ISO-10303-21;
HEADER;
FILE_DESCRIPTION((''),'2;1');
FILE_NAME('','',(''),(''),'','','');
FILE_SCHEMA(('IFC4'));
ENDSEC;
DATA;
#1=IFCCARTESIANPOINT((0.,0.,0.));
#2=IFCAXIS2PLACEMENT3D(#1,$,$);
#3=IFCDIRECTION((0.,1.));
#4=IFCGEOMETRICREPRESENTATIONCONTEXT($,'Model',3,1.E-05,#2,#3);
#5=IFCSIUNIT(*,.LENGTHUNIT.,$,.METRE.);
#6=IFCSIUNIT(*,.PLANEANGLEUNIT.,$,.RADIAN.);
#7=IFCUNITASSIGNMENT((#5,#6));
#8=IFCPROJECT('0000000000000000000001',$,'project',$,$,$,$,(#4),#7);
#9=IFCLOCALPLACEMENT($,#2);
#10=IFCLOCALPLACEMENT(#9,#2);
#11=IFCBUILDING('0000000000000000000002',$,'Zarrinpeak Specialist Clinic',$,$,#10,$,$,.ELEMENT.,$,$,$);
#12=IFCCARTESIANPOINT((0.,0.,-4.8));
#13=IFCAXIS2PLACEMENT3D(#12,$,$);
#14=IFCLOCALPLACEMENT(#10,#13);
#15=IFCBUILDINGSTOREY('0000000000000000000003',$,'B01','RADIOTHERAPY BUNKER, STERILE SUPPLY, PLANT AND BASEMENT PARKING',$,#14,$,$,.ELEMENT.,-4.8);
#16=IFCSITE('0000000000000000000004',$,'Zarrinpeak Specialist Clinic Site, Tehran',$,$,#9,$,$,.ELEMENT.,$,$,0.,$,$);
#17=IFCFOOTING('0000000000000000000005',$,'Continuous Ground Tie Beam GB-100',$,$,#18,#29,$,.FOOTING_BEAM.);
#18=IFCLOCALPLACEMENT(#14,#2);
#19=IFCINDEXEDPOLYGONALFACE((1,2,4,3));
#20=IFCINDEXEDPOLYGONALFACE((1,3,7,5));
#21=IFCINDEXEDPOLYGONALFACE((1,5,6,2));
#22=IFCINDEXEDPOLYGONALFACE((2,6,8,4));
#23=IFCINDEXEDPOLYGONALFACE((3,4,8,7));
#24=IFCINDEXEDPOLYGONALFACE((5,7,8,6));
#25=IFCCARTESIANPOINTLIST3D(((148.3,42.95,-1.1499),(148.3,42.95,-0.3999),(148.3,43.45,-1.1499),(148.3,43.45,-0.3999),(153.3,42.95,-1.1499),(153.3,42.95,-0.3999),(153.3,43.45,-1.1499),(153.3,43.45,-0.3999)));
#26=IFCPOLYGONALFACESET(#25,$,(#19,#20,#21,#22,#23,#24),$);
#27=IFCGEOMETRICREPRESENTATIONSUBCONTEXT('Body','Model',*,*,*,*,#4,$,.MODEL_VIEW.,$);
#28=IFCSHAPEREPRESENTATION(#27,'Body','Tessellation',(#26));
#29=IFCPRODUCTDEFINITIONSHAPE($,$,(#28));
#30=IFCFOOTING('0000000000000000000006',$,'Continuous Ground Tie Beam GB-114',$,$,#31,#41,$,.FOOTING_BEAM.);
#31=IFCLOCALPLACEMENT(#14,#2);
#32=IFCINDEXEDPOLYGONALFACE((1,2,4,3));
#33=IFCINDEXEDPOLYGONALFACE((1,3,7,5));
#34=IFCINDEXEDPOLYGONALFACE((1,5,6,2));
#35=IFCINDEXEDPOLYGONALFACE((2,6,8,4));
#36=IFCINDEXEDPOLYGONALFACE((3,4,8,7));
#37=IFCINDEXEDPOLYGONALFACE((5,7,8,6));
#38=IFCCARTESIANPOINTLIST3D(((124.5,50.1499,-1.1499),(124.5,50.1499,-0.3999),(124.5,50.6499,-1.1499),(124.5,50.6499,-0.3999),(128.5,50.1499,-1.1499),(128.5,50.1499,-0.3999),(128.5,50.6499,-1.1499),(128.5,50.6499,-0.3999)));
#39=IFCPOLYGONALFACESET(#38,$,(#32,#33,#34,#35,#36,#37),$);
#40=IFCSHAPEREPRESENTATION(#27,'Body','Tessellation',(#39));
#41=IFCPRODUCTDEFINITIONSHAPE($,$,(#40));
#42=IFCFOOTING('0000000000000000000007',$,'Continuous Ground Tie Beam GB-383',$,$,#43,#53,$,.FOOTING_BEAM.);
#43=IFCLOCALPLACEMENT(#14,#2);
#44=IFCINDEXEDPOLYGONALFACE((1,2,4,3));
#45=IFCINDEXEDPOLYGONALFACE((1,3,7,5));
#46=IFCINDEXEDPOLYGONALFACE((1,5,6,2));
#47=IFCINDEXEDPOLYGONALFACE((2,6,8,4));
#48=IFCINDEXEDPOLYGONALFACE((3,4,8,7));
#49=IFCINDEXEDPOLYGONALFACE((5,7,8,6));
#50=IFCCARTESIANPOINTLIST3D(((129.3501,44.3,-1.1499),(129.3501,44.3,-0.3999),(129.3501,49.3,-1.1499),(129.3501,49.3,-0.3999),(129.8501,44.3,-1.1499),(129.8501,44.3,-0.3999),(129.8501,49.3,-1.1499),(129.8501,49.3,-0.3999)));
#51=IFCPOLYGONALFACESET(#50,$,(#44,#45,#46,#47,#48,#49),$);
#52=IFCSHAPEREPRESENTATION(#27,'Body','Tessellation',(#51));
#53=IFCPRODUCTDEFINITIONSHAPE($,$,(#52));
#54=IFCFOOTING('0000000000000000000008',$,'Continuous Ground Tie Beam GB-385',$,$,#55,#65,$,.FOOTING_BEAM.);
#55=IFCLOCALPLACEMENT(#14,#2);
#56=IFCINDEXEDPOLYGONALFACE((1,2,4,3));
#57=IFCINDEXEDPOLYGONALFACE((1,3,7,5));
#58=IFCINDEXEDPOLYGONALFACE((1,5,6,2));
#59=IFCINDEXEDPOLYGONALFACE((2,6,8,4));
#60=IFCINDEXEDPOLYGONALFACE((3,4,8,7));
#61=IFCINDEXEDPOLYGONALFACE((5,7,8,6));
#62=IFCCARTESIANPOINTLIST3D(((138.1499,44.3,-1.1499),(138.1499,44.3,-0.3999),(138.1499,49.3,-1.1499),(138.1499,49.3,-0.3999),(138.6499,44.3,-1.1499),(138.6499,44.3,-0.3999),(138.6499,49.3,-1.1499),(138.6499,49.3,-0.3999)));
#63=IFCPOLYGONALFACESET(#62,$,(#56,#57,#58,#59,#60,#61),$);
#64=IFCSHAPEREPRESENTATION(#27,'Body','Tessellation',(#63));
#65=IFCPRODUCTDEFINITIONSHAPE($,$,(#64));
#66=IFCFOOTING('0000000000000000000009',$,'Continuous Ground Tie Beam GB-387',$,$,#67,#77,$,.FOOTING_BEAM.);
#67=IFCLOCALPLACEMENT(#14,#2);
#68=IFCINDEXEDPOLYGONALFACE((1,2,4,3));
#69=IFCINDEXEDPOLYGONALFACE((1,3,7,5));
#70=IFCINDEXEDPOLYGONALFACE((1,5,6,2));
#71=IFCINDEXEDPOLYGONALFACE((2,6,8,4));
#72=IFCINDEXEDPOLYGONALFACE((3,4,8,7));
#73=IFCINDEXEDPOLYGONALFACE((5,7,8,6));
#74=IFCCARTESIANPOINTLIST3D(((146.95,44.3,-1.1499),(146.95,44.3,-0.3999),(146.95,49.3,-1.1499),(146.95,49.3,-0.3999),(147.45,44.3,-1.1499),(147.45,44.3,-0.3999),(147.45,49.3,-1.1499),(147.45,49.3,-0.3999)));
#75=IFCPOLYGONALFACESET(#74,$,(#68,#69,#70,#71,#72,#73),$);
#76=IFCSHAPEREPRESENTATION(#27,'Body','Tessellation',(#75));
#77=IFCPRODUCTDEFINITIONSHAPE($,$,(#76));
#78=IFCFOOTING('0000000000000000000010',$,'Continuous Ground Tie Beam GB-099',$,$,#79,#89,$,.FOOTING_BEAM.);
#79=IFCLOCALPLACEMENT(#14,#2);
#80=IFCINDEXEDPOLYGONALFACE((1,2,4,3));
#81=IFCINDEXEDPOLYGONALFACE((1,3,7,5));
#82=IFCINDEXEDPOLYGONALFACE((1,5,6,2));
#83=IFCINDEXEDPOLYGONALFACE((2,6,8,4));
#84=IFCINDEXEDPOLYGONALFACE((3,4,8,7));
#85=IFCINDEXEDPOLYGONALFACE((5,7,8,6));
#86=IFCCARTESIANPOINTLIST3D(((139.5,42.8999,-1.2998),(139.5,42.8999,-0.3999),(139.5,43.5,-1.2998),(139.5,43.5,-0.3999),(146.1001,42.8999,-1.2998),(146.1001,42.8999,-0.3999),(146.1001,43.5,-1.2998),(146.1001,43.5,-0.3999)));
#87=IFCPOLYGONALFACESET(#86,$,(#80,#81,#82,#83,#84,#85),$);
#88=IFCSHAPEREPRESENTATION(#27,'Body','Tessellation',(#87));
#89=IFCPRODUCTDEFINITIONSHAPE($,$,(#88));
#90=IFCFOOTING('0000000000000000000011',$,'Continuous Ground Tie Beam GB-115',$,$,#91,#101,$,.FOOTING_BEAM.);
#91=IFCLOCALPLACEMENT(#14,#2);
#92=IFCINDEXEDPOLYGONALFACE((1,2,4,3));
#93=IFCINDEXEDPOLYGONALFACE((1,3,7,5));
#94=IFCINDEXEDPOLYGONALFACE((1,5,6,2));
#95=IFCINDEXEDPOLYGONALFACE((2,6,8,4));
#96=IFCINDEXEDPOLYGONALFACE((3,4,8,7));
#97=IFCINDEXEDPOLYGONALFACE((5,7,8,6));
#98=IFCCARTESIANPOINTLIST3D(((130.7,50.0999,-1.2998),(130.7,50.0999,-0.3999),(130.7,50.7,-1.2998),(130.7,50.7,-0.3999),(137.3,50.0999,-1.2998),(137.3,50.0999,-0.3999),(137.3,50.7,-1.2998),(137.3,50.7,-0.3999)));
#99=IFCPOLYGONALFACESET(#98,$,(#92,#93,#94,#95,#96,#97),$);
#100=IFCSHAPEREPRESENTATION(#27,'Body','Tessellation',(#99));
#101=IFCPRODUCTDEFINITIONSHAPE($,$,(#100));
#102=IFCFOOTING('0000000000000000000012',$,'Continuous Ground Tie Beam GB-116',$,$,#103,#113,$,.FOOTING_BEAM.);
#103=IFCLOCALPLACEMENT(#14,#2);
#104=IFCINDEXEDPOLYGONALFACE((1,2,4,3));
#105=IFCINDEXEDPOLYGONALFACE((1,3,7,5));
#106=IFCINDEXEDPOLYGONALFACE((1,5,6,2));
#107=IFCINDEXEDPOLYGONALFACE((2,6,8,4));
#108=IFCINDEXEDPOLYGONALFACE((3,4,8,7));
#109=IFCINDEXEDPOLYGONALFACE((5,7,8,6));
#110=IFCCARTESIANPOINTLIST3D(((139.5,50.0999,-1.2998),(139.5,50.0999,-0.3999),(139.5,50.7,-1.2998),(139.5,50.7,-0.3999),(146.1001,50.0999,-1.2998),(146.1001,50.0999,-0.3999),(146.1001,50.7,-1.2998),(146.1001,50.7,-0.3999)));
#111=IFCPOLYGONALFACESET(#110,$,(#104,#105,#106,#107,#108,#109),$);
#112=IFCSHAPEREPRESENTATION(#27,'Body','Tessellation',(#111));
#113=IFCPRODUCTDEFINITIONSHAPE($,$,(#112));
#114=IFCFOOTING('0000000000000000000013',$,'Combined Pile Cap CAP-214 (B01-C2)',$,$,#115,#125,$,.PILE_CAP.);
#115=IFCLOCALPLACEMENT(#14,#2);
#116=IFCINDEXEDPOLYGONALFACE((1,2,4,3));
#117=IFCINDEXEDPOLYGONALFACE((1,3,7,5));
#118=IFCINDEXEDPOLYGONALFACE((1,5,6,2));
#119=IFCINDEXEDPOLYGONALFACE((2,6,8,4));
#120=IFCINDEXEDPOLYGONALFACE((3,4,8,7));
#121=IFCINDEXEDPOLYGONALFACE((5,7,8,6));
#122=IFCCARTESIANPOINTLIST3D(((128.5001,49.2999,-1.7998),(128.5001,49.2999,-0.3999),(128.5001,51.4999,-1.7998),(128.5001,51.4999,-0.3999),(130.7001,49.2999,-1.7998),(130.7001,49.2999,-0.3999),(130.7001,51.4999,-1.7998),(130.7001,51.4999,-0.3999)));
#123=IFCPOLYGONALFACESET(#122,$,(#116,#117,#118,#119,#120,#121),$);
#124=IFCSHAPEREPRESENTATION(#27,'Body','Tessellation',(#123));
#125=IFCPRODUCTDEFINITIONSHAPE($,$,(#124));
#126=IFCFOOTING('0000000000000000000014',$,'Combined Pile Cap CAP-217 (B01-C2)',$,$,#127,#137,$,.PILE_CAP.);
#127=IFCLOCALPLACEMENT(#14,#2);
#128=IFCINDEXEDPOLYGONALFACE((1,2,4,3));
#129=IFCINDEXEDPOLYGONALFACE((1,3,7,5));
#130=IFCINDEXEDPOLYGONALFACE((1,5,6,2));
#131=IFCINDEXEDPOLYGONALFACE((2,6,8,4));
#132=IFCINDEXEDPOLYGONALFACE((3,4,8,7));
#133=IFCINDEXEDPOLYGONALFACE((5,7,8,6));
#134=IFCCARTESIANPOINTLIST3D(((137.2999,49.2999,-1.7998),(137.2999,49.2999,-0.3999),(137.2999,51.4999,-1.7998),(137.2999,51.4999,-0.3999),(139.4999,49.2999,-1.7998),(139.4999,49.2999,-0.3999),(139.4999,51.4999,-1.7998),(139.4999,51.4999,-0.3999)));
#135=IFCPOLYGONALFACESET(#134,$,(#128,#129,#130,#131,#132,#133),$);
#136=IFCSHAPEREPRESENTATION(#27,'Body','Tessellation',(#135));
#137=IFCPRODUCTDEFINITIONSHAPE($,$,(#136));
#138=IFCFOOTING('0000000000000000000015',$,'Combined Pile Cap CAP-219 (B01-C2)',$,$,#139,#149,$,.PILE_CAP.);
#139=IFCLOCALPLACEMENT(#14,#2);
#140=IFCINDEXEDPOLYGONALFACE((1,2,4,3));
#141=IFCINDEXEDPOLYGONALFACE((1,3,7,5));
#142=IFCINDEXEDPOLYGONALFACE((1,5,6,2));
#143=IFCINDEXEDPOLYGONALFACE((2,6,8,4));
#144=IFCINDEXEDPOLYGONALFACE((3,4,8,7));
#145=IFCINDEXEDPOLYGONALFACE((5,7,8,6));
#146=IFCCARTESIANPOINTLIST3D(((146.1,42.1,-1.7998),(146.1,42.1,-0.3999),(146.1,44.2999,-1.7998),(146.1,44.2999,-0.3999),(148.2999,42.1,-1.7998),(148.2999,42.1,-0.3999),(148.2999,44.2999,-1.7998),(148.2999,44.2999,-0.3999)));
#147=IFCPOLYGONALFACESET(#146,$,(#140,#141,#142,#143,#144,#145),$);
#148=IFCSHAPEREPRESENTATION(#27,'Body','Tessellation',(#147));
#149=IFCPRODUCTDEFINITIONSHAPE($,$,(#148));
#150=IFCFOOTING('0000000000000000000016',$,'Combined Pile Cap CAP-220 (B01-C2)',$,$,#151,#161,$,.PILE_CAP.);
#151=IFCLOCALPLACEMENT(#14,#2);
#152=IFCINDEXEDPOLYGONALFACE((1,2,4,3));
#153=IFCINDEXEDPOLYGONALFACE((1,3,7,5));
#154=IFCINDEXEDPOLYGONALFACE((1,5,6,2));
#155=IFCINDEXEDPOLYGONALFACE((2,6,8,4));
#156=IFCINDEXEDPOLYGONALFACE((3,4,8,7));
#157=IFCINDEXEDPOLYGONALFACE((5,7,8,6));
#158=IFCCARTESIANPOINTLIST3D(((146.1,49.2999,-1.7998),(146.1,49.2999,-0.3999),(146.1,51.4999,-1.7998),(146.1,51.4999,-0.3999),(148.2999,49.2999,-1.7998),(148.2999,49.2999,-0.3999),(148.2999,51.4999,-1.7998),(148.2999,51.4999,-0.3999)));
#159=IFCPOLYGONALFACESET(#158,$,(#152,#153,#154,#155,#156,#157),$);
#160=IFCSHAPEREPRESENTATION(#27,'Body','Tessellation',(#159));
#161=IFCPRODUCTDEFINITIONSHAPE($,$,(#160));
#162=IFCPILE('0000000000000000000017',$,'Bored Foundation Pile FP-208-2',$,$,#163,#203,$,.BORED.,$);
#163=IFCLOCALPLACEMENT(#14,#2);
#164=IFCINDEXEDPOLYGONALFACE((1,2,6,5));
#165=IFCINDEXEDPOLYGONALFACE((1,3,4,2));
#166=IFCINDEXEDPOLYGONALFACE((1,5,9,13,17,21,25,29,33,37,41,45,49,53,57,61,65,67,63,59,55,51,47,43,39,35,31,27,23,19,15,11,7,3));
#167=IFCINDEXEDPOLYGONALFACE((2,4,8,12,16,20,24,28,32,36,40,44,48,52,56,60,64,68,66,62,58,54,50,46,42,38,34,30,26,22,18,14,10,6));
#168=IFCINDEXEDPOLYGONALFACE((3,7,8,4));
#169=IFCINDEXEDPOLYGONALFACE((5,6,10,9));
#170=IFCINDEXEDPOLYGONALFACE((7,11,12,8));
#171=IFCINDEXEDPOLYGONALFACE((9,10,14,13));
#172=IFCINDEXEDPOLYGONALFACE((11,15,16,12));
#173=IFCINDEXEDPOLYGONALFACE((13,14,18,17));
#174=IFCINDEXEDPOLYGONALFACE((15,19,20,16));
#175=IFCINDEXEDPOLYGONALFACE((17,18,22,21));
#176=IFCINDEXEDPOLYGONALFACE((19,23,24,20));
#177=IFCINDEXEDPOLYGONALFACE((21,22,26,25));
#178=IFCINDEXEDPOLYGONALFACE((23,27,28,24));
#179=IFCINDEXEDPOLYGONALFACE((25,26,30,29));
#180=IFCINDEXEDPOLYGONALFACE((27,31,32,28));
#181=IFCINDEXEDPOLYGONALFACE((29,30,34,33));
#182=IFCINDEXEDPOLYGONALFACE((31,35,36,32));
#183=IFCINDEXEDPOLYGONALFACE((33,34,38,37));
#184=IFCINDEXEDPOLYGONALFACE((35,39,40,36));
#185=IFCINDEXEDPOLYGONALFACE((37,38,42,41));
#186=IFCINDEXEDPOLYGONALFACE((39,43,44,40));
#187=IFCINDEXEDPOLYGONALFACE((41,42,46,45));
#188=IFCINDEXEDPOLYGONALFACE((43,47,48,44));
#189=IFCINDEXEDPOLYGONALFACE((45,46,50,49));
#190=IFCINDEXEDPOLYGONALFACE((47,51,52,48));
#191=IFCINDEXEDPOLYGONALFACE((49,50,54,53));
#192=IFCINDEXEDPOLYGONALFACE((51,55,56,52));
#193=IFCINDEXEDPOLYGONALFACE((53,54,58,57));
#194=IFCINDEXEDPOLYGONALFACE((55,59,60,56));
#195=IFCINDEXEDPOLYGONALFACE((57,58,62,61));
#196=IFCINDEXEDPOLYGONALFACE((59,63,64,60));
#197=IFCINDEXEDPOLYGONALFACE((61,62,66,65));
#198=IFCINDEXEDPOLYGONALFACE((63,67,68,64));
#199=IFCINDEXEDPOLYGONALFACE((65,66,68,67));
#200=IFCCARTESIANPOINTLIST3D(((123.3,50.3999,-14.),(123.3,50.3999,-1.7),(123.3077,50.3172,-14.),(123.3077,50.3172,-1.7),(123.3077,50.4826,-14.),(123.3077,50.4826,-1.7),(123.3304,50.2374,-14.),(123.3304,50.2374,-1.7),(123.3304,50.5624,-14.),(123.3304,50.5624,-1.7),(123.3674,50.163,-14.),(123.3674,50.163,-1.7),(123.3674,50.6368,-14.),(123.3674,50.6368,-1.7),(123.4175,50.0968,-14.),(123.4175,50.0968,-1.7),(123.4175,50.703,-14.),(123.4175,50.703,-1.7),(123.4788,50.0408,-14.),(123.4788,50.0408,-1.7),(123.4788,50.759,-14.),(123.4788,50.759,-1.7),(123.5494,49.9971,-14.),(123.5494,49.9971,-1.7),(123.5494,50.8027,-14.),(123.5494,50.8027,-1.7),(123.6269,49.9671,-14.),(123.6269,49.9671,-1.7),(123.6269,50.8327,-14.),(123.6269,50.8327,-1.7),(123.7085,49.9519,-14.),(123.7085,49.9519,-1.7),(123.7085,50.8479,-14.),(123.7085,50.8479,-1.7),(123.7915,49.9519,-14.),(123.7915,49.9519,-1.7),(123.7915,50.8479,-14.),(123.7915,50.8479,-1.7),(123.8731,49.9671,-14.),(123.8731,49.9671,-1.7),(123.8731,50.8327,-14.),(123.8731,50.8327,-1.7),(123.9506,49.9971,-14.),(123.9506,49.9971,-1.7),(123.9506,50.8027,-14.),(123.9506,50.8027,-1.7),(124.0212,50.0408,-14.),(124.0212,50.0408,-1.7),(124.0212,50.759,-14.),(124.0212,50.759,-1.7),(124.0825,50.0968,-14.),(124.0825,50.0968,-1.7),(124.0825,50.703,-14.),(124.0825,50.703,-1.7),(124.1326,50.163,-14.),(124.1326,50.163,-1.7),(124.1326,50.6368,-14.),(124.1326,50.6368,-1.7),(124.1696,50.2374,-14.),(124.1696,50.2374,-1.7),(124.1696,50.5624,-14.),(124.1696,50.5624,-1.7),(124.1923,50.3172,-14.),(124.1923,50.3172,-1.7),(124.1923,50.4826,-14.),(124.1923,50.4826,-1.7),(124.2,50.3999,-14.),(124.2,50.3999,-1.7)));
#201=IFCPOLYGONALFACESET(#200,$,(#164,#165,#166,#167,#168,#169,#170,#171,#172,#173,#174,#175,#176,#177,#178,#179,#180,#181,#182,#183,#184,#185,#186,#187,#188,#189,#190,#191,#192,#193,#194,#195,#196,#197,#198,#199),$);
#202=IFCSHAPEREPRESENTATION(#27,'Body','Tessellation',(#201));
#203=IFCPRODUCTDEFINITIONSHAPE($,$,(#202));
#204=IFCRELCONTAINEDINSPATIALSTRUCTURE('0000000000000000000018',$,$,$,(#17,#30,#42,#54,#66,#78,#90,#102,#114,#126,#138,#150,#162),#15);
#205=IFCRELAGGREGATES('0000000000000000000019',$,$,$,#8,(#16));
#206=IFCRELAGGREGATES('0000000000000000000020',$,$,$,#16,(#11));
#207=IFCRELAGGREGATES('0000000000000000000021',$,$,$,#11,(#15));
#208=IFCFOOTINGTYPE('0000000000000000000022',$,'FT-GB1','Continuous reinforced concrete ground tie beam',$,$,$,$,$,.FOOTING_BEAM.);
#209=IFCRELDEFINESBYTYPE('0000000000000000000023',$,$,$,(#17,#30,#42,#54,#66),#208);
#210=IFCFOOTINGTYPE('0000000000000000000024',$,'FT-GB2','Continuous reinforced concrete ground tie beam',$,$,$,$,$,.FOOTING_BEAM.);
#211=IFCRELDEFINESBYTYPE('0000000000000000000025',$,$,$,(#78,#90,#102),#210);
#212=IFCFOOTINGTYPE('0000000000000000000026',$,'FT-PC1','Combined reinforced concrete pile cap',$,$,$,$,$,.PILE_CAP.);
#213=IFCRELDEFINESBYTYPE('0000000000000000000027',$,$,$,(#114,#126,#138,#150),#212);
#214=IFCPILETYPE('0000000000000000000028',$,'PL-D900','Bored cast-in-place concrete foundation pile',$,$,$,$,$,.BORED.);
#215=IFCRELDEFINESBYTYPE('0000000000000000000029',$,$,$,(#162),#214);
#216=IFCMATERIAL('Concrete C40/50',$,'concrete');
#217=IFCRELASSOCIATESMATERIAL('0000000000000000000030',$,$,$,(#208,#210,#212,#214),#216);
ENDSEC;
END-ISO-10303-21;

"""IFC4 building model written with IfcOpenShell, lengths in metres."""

from ifc_helpers import new_model, si_unit, direction, frame, origin, origin_2d, place, context, subcontext, project, spatial, rectangle, circle, extrude, material, material_profile, profile_set, type_object, element, save


model = new_model("IFC4")

# Units and contexts
model_context = context("Model", 3, precision=1e-05, world=origin(), true_north=direction((0.0, 1.0)))
body_context = subcontext(model_context, "Body", "Model", "MODEL_VIEW")
ifc_project = project(units=[si_unit("LENGTHUNIT", "METRE"), si_unit("PLANEANGLEUNIT", "RADIAN")], contexts=[model_context])

# Site, building, storey
site_placement = place(None, origin())
site = spatial("IfcSite", under=ifc_project, at=site_placement, Name="Zarrinpeak Specialist Clinic Site, Tehran", CompositionType="ELEMENT", RefElevation=0.0)
building_placement = place(site_placement, origin())
building = spatial("IfcBuilding", under=site, at=building_placement, Name="Zarrinpeak Specialist Clinic", CompositionType="ELEMENT")
storey_placement = place(building_placement, frame((0.0, 0.0, -4.8)))
storey = spatial("IfcBuildingStorey", under=building, at=storey_placement, Name="B01", Description="RADIOTHERAPY BUNKER, STERILE SUPPLY, PLANT AND BASEMENT PARKING", CompositionType="ELEMENT", Elevation=-4.8)

# Footings
ifc_material_1 = material(Name="Concrete C40/50", Category="concrete")
ifc_material_profile_1 = material_profile(ifc_material_1, rectangle(XDim=0.5, YDim=0.75, at=origin_2d()), Name="RC 500x750")
ifc_profile_set_1 = profile_set([ifc_material_profile_1], Name="Concrete C40/50")
footing_type_1 = type_object("IfcFootingType", Name="FT-GB1", Description="Continuous reinforced concrete ground tie beam", PredefinedType="FOOTING_BEAM", material=ifc_profile_set_1)
footing_1_placement = place(storey_placement, frame((148.3, 43.2, -0.7749), z_axis=(1.0, 0.0, 0.0), x_axis=(0.0, 1.0, 0.0)))
element("IfcFooting", 1, at=footing_1_placement, inside=storey, type_object=footing_type_1, Name="Continuous Ground Tie Beam GB-100", PredefinedType="FOOTING_BEAM", context=body_context, shape_type="SweptSolid", body=[
    extrude(rectangle(XDim=0.5, YDim=0.75, at=origin_2d()), origin(), (0.0, 0.0, 1.0), 5.0),
])
footing_2_placement = place(storey_placement, frame((124.5, 50.3999, -0.7749), z_axis=(1.0, 0.0, 0.0), x_axis=(0.0, 1.0, 0.0)))
element("IfcFooting", 2, at=footing_2_placement, inside=storey, type_object=footing_type_1, Name="Continuous Ground Tie Beam GB-114", PredefinedType="FOOTING_BEAM", context=body_context, shape_type="SweptSolid", body=[
    extrude(rectangle(XDim=0.5, YDim=0.75, at=origin_2d()), origin(), (0.0, 0.0, 1.0), 4.0),
])
for number, where, z_axis, x_axis, name in (
    (3, (129.6001, 44.3, -0.7749), (0.0, 1.0, 0.0), (-1.0, 0.0, 0.0), "Continuous Ground Tie Beam GB-383"),
    (4, (138.3999, 44.3, -0.7749), (0.0, 1.0, 0.0), (-1.0, 0.0, 0.0), "Continuous Ground Tie Beam GB-385"),
    (5, (147.2, 44.3, -0.7749), (0.0, 1.0, 0.0), (-1.0, 0.0, 0.0), "Continuous Ground Tie Beam GB-387"),
):
    element("IfcFooting", number, at=place(storey_placement, frame(where, z_axis=z_axis, x_axis=x_axis)), inside=storey, type_object=footing_type_1, Name=name, PredefinedType="FOOTING_BEAM", context=body_context, shape_type="SweptSolid", body=[
        extrude(rectangle(XDim=0.5, YDim=0.75, at=origin_2d()), origin(), (0.0, 0.0, 1.0), 5.0),
    ])
ifc_material_profile_2 = material_profile(ifc_material_1, rectangle(XDim=0.6001, YDim=0.8999, at=origin_2d()), Name="RC 600x900")
ifc_profile_set_2 = profile_set([ifc_material_profile_2], Name="Concrete C40/50")
footing_type_2 = type_object("IfcFootingType", Name="FT-GB2", Description="Continuous reinforced concrete ground tie beam", PredefinedType="FOOTING_BEAM", material=ifc_profile_set_2)
for number, where, z_axis, x_axis, name in (
    (6, (139.5, 43.2, -0.8499), (1.0, 0.0, 0.0), (0.0, 1.0, 0.0), "Continuous Ground Tie Beam GB-099"),
    (7, (130.7, 50.3999, -0.8499), (1.0, 0.0, 0.0), (0.0, 1.0, 0.0), "Continuous Ground Tie Beam GB-115"),
    (8, (139.5, 50.3999, -0.8499), (1.0, 0.0, 0.0), (0.0, 1.0, 0.0), "Continuous Ground Tie Beam GB-116"),
):
    element("IfcFooting", number, at=place(storey_placement, frame(where, z_axis=z_axis, x_axis=x_axis)), inside=storey, type_object=footing_type_2, Name=name, PredefinedType="FOOTING_BEAM", context=body_context, shape_type="SweptSolid", body=[
        extrude(rectangle(XDim=0.6001, YDim=0.8999, at=origin_2d()), origin(), (0.0, 0.0, 1.0), 6.6001),
    ])
footing_type_3 = type_object("IfcFootingType", Name="FT-PC1", Description="Combined reinforced concrete pile cap", PredefinedType="PILE_CAP", material=ifc_material_1)
for number, where, z_axis, x_axis, name in (
    (9, (129.6001, 50.3999, -1.7998), (0.0, 0.0, 1.0), (1.0, 0.0, 0.0), "Combined Pile Cap CAP-214 (B01-C2)"),
    (10, (138.3999, 50.3999, -1.7998), (0.0, 0.0, 1.0), (1.0, 0.0, 0.0), "Combined Pile Cap CAP-217 (B01-C2)"),
    (11, (147.2, 43.2, -1.7998), (0.0, 0.0, 1.0), (1.0, 0.0, 0.0), "Combined Pile Cap CAP-219 (B01-C2)"),
    (12, (147.2, 50.3999, -1.7998), (0.0, 0.0, 1.0), (1.0, 0.0, 0.0), "Combined Pile Cap CAP-220 (B01-C2)"),
):
    element("IfcFooting", number, at=place(storey_placement, frame(where, z_axis=z_axis, x_axis=x_axis)), inside=storey, type_object=footing_type_3, Name=name, PredefinedType="PILE_CAP", context=body_context, shape_type="SweptSolid", body=[
        extrude(rectangle(XDim=2.2, YDim=2.2, at=origin_2d()), origin(), (0.0, 0.0, 1.0), 1.3999),
    ])

# Pile
ifc_material_profile_3 = material_profile(ifc_material_1, circle(Radius=0.45, at=origin_2d()), Name="BORED PILE D900")
ifc_profile_set_3 = profile_set([ifc_material_profile_3], Name="Concrete C40/50")
pile_type = type_object("IfcPileType", Name="PL-D900", Description="Bored cast-in-place concrete foundation pile", PredefinedType="BORED", material=ifc_profile_set_3)
for number, where, z_axis, x_axis, name in (
    (13, (123.75, 50.3999, -1.7), (0.0, 0.0, -1.0), (1.0, 0.0, 0.0), "Bored Foundation Pile FP-208-2"),
):
    element("IfcPile", number, at=place(storey_placement, frame(where, z_axis=z_axis, x_axis=x_axis)), inside=storey, type_object=pile_type, Name=name, PredefinedType="BORED", context=body_context, shape_type="SweptSolid", body=[
        extrude(circle(Radius=0.45, at=origin_2d()), origin(), (0.0, 0.0, 1.0), 12.3),
    ])

save(model, "model.ifc")
